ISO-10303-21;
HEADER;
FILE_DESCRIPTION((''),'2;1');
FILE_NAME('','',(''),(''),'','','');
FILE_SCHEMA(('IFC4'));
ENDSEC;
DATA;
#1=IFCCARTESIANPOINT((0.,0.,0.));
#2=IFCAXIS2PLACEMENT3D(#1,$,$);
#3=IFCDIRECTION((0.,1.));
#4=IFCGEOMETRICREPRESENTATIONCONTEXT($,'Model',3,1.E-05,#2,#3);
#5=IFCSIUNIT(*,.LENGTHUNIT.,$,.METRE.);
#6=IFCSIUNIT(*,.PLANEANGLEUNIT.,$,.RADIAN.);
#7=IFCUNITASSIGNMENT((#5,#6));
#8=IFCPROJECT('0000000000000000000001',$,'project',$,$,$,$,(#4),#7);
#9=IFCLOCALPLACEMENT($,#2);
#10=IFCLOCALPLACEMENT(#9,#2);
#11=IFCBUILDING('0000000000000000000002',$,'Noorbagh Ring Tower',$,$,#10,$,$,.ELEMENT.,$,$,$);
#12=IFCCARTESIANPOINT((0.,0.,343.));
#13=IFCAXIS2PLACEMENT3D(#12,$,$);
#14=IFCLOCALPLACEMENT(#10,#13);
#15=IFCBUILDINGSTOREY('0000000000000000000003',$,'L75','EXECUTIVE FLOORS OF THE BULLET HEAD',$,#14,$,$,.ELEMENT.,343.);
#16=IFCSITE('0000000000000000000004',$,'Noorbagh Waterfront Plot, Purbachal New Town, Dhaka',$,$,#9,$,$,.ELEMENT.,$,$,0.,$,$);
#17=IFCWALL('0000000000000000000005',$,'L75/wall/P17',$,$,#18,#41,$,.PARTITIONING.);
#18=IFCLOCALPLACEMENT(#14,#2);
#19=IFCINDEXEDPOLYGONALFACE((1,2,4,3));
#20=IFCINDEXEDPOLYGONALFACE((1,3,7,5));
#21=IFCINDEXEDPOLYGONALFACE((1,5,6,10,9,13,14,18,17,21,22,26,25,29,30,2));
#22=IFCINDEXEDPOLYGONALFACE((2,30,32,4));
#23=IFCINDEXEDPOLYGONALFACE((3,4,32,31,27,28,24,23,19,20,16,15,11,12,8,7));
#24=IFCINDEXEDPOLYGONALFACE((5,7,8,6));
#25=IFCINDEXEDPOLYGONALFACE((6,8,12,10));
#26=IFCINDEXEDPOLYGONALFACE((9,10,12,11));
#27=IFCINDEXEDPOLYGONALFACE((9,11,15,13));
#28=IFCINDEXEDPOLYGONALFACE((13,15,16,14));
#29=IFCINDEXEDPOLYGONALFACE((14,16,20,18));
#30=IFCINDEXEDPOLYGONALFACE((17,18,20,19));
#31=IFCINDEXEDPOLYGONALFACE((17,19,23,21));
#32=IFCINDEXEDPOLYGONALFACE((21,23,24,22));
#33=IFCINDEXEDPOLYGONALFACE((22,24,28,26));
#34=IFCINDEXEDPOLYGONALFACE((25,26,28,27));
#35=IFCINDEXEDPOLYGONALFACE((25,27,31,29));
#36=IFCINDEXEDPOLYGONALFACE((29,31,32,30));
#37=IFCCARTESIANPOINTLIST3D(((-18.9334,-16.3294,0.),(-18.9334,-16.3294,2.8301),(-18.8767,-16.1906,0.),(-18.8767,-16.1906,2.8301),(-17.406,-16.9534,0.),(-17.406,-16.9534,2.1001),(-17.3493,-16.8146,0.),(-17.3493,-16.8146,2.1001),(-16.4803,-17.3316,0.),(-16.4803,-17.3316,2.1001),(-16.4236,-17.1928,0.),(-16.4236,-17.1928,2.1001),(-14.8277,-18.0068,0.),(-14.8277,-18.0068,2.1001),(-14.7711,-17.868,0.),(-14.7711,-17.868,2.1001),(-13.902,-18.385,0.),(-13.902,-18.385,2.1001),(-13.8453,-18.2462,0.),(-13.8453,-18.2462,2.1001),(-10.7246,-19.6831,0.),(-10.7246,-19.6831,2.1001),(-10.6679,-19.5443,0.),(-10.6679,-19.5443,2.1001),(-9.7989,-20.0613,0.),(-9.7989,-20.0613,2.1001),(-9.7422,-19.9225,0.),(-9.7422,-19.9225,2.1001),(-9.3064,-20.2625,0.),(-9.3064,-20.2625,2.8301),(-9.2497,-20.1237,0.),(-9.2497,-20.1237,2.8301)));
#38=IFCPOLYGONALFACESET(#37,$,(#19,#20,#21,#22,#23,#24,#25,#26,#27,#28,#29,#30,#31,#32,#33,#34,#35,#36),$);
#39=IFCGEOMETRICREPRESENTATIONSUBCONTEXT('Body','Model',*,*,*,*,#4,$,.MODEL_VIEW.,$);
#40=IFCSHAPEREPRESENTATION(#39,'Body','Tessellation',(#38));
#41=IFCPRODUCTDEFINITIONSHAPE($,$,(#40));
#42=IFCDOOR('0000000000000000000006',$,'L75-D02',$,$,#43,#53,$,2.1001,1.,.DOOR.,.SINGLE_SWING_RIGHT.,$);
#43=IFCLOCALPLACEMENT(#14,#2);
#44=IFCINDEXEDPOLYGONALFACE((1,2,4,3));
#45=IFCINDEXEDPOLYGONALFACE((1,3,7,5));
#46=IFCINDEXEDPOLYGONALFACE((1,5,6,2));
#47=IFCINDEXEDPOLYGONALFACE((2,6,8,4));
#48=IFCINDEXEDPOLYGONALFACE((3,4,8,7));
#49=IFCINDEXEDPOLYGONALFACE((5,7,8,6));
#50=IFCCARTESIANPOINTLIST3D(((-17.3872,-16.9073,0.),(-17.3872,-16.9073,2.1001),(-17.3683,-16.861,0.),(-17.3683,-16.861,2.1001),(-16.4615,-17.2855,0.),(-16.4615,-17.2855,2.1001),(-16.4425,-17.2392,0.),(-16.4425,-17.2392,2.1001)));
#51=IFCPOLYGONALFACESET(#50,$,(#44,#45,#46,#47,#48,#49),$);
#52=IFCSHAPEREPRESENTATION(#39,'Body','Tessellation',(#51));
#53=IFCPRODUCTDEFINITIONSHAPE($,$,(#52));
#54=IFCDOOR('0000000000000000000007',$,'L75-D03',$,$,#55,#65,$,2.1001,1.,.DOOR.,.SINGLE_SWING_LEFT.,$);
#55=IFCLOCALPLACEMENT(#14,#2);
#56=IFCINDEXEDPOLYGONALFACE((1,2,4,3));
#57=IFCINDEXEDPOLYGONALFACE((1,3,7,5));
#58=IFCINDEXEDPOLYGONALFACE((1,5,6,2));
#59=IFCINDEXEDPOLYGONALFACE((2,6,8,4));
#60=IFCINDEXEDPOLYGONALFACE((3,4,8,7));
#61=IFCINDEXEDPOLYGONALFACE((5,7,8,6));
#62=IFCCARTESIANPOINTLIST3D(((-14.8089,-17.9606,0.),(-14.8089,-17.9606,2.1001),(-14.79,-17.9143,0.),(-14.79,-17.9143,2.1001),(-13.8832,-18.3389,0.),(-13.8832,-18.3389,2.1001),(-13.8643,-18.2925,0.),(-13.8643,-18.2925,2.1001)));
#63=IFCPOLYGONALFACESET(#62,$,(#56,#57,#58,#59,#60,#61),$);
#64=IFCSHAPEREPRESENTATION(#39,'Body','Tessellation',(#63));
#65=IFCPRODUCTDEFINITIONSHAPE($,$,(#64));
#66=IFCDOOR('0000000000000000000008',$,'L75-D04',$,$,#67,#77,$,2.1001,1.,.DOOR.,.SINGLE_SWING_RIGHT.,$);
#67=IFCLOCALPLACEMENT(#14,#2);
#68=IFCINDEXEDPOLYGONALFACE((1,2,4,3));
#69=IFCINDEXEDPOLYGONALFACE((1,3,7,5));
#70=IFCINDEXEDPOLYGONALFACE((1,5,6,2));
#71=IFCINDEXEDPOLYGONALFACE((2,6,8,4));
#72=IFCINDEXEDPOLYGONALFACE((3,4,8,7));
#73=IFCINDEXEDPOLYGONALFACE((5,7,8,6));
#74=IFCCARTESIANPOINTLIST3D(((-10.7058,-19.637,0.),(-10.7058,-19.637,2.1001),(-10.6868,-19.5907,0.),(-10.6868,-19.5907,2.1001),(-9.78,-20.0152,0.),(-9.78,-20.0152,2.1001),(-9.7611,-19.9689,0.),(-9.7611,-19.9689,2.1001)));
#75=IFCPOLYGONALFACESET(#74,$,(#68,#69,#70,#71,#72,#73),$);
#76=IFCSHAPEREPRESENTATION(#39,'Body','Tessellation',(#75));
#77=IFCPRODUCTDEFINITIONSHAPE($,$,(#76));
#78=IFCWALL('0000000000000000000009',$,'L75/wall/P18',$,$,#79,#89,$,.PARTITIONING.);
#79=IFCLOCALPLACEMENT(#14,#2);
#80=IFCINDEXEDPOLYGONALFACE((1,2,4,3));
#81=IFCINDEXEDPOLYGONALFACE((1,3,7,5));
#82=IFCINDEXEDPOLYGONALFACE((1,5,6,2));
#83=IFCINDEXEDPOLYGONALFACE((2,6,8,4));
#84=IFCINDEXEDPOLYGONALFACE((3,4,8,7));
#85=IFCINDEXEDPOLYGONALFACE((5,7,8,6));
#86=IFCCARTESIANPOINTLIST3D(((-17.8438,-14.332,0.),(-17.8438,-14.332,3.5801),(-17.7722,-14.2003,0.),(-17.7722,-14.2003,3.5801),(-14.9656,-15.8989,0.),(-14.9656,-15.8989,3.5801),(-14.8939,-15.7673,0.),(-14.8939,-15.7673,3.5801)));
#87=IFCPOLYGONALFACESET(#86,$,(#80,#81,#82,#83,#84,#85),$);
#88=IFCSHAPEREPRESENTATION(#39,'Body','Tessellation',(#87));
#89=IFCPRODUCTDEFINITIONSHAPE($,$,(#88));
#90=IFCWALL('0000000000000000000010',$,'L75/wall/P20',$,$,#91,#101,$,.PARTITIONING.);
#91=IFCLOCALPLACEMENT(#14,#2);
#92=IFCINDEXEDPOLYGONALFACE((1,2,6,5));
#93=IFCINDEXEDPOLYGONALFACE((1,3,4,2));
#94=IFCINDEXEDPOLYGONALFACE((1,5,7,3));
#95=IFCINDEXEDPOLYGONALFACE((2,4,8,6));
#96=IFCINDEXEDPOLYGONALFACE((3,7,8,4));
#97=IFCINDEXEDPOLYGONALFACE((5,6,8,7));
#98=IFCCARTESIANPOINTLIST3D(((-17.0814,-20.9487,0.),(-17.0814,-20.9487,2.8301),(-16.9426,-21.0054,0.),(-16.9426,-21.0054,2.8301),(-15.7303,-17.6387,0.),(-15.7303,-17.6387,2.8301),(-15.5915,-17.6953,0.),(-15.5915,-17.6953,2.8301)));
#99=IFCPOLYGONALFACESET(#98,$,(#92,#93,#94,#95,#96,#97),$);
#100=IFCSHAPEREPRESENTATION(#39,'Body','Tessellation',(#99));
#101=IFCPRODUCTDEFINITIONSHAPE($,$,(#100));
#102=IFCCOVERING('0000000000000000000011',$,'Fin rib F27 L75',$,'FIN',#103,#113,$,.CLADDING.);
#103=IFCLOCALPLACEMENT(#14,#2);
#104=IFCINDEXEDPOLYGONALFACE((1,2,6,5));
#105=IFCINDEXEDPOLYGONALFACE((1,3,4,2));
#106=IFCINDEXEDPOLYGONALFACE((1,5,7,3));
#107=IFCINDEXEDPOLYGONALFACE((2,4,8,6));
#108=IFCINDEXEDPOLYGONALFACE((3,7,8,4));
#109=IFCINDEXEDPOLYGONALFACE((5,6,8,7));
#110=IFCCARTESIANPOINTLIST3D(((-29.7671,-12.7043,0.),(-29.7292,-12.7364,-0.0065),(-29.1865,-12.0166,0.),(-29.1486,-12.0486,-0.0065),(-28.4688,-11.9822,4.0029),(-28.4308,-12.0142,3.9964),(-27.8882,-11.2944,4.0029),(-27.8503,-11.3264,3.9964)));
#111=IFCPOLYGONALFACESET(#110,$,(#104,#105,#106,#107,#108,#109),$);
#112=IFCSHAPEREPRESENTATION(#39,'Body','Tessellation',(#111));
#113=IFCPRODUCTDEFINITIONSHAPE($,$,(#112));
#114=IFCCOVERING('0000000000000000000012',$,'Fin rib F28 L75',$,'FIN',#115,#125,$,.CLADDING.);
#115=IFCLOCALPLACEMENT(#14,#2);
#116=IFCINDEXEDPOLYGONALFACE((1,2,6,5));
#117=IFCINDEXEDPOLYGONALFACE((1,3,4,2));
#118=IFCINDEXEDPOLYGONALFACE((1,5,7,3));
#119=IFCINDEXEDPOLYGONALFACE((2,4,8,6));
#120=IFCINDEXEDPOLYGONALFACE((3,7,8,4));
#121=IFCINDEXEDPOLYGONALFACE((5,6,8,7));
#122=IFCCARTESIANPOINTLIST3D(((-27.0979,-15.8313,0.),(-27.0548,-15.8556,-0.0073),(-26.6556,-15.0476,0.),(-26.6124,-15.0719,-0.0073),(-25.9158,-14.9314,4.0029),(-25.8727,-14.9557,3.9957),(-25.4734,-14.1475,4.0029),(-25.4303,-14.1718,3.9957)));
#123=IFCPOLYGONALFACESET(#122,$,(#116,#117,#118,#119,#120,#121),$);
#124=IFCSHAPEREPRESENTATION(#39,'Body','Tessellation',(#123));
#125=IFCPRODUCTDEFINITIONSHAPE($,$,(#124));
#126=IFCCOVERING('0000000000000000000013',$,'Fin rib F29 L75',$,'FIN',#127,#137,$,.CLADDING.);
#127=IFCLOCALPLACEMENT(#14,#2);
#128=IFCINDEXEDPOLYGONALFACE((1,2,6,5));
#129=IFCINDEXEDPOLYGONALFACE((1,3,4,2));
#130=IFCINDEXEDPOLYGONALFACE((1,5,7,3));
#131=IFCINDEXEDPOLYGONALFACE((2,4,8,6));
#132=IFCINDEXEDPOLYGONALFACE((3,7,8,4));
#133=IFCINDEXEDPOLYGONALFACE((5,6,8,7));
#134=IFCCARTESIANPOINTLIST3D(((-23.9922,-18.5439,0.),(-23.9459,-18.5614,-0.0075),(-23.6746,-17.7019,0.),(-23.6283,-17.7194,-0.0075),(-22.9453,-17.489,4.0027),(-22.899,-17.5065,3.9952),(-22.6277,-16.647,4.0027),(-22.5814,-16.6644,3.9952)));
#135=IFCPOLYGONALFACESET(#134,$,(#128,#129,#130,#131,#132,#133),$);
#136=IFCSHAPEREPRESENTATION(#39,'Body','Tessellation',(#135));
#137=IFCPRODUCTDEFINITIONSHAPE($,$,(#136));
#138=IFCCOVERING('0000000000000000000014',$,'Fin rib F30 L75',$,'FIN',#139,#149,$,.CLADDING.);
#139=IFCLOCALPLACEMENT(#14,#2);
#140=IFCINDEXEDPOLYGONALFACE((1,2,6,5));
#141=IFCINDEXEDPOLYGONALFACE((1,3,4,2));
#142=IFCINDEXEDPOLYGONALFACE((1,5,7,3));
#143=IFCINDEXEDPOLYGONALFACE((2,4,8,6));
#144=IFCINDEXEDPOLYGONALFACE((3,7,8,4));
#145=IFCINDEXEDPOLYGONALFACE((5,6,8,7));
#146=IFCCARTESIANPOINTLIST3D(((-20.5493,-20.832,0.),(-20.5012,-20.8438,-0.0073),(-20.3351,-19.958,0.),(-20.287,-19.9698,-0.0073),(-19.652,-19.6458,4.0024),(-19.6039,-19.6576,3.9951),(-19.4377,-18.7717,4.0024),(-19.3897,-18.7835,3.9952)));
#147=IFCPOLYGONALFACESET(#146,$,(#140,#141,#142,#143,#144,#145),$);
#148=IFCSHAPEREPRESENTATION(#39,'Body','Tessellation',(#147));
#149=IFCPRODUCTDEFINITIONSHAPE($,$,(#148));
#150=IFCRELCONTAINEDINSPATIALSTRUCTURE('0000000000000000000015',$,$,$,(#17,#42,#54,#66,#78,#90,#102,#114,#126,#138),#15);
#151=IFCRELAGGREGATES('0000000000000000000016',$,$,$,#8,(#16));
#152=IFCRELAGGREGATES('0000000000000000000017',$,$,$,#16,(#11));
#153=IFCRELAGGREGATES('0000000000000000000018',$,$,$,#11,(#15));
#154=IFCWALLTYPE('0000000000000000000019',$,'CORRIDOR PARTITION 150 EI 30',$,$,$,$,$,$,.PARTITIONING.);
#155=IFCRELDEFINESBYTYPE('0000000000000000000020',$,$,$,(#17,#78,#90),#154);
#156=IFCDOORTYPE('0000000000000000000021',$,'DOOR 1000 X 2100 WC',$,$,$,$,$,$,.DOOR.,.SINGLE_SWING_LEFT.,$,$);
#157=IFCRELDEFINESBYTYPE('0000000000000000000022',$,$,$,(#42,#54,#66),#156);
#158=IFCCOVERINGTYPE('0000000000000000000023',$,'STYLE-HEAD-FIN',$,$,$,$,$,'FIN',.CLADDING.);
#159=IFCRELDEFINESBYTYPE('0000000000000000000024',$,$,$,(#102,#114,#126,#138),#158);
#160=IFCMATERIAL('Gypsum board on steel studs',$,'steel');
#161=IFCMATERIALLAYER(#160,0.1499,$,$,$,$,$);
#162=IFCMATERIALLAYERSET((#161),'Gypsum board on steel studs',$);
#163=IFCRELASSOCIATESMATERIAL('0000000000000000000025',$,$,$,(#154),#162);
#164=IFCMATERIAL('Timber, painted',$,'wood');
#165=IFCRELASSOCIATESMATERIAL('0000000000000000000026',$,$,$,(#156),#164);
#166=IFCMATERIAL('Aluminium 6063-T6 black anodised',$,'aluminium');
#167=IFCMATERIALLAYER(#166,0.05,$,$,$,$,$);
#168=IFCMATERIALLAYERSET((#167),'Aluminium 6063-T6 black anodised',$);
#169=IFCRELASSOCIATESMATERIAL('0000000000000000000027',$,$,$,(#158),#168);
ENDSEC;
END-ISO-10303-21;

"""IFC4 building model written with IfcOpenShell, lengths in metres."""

from ifc_helpers import new_model, si_unit, direction, frame, frame_2d, origin, place, context, subcontext, project, spatial, polyline, rectangle, outline, extrude, material, layer, layer_set, type_object, element, fill, save


model = new_model("IFC4")

# Units and contexts
model_context = context("Model", 3, precision=1e-05, world=origin(), true_north=direction((0.0, 1.0)))
body_context = subcontext(model_context, "Body", "Model", "MODEL_VIEW")
ifc_project = project(units=[si_unit("LENGTHUNIT", "METRE"), si_unit("PLANEANGLEUNIT", "RADIAN")], contexts=[model_context])

# Site, building, storey
site_placement = place(None, origin())
site = spatial("IfcSite", under=ifc_project, at=site_placement, Name="Noorbagh Waterfront Plot, Purbachal New Town, Dhaka", CompositionType="ELEMENT", RefElevation=0.0)
building_placement = place(site_placement, origin())
building = spatial("IfcBuilding", under=site, at=building_placement, Name="Noorbagh Ring Tower", CompositionType="ELEMENT")
storey_placement = place(building_placement, frame((0.0, 0.0, 343.0)))
storey = spatial("IfcBuildingStorey", under=building, at=storey_placement, Name="L75", Description="EXECUTIVE FLOORS OF THE BULLET HEAD", CompositionType="ELEMENT", Elevation=343.0)

# Shared definitions
ifc_material_1 = material(Name="Gypsum board on steel studs", Category="steel")
ifc_layer_1 = layer(ifc_material_1, 0.1499)
ifc_layer_set_1 = layer_set([ifc_layer_1], Name="Gypsum board on steel studs")
wall_type = type_object("IfcWallType", Name="CORRIDOR PARTITION 150 EI 30", PredefinedType="PARTITIONING", material=ifc_layer_set_1)

# Wall, openings, doors
wall_1_placement = place(storey_placement, frame((-18.905, -16.26, 0.0), z_axis=(0.0, 0.0, 1.0), x_axis=(0.925722, -0.378205, 0.0)))
wall_1 = element("IfcWall", 1, at=wall_1_placement, inside=storey, type_object=wall_type, Name="L75/wall/P17", PredefinedType="PARTITIONING", context=body_context, shape_type="SweptSolid", body=[
    extrude(rectangle(XDim=10.3994, YDim=0.1499, at=frame_2d((5.1997, 0.0))), origin(), (0.0, 0.0, 1.0), 2.8301),
])
opening_1_placement = place(wall_1_placement, frame((1.6499, 0.0, 0.0)))
opening_1 = element("IfcOpeningElement", 2, at=opening_1_placement, cuts=wall_1, PredefinedType="OPENING", context=body_context, shape_type="SweptSolid", body=[
    extrude(rectangle(XDim=1.0, YDim=2.1001, at=frame_2d((0.5, 1.05))), frame((0.0, 0.085, 0.0), z_axis=(0.0, -1.0, 0.0), x_axis=(1.0, 0.0, 0.0)), (0.0, 0.0, 1.0), 0.1699),
])
opening_2_placement = place(wall_1_placement, frame((4.4351, 0.0, 0.0)))
opening_2 = element("IfcOpeningElement", 3, at=opening_2_placement, cuts=wall_1, PredefinedType="OPENING", context=body_context, shape_type="SweptSolid", body=[
    extrude(rectangle(XDim=1.0, YDim=2.1001, at=frame_2d((0.5, 1.05))), frame((0.0, 0.085, 0.0), z_axis=(0.0, -1.0, 0.0), x_axis=(1.0, 0.0, 0.0)), (0.0, 0.0, 1.0), 0.1699),
])
opening_3_placement = place(wall_1_placement, frame((8.8674, 0.0, 0.0)))
opening_3 = element("IfcOpeningElement", 4, at=opening_3_placement, cuts=wall_1, PredefinedType="OPENING", context=body_context, shape_type="SweptSolid", body=[
    extrude(rectangle(XDim=1.0, YDim=2.1001, at=frame_2d((0.5, 1.05))), frame((0.0, 0.085, 0.0), z_axis=(0.0, -1.0, 0.0), x_axis=(1.0, 0.0, 0.0)), (0.0, 0.0, 1.0), 0.1699),
])
ifc_material_2 = material(Name="Timber, painted", Category="wood")
door_type_1 = type_object("IfcDoorType", Name="DOOR 1000 X 2100 WC", OperationType="SINGLE_SWING_LEFT", PredefinedType="DOOR", material=ifc_material_2)
door_1_placement = place(opening_1_placement, origin())
door_1 = element("IfcDoor", 5, at=door_1_placement, inside=storey, type_object=door_type_1, Name="L75-D02", OperationType="SINGLE_SWING_RIGHT", OverallHeight=2.1001, OverallWidth=1.0, PredefinedType="DOOR", context=body_context, shape_type="SweptSolid", body=[
    extrude(rectangle(XDim=1.0, YDim=2.1001, at=frame_2d((0.5, 1.05))), frame((0.0, 0.0249, 0.0), z_axis=(0.0, -1.0, 0.0), x_axis=(1.0, 0.0, 0.0)), (0.0, 0.0, 1.0), 0.05),
])
fill(opening_1, door_1)
door_2_placement = place(opening_2_placement, origin())
door_2 = element("IfcDoor", 6, at=door_2_placement, inside=storey, type_object=door_type_1, Name="L75-D03", OperationType="SINGLE_SWING_LEFT", OverallHeight=2.1001, OverallWidth=1.0, PredefinedType="DOOR", context=body_context, shape_type="SweptSolid", body=[
    extrude(rectangle(XDim=1.0, YDim=2.1001, at=frame_2d((0.5, 1.05))), frame((0.0, 0.0249, 0.0), z_axis=(0.0, -1.0, 0.0), x_axis=(1.0, 0.0, 0.0)), (0.0, 0.0, 1.0), 0.05),
])
fill(opening_2, door_2)
door_3_placement = place(opening_3_placement, origin())
door_3 = element("IfcDoor", 7, at=door_3_placement, inside=storey, type_object=door_type_1, Name="L75-D04", OperationType="SINGLE_SWING_RIGHT", OverallHeight=2.1001, OverallWidth=1.0, PredefinedType="DOOR", context=body_context, shape_type="SweptSolid", body=[
    extrude(rectangle(XDim=1.0, YDim=2.1001, at=frame_2d((0.5, 1.05))), frame((0.0, 0.0249, 0.0), z_axis=(0.0, -1.0, 0.0), x_axis=(1.0, 0.0, 0.0)), (0.0, 0.0, 1.0), 0.05),
])
fill(opening_3, door_3)

# Walls
wall_2_placement = place(storey_placement, frame((-17.8081, -14.2661, 0.0), z_axis=(0.0, 0.0, 1.0), x_axis=(0.878282, -0.478142, 0.0)))
element("IfcWall", 8, at=wall_2_placement, inside=storey, type_object=wall_type, Name="L75/wall/P18", PredefinedType="PARTITIONING", context=body_context, shape_type="SweptSolid", body=[
    extrude(rectangle(XDim=3.2771, YDim=0.1499, at=frame_2d((1.6387, 0.0))), origin(), (0.0, 0.0, 1.0), 3.5801),
])
wall_3_placement = place(storey_placement, frame((-17.012, -20.9771, 0.0), z_axis=(0.0, 0.0, 1.0), x_axis=(0.377904, 0.925845, 0.0)))
element("IfcWall", 9, at=wall_3_placement, inside=storey, type_object=wall_type, Name="L75/wall/P20", PredefinedType="PARTITIONING", context=body_context, shape_type="SweptSolid", body=[
    extrude(rectangle(XDim=3.5752, YDim=0.1499, at=frame_2d((1.7876, 0.0))), origin(), (0.0, 0.0, 1.0), 2.8301),
])

# Coverings
ifc_material_3 = material(Name="Aluminium 6063-T6 black anodised", Category="aluminium")
ifc_layer_2 = layer(ifc_material_3, 0.05)
ifc_layer_set_2 = layer_set([ifc_layer_2], Name="Aluminium 6063-T6 black anodised")
covering_type_1 = type_object("IfcCoveringType", Name="STYLE-HEAD-FIN", ElementType="FIN", PredefinedType="CLADDING", material=ifc_layer_set_2)
covering_1_placement = place(storey_placement, frame((-29.7671, -12.7043, 0.0), z_axis=(-0.757617, 0.639551, 0.13035), x_axis=(0.30408, 0.169136, 0.937512)))
element("IfcCovering", 10, at=covering_1_placement, inside=storey, type_object=covering_type_1, Name="Fin rib F27 L75", ObjectType="FIN", PredefinedType="CLADDING", context=body_context, shape_type="SweptSolid", body=[
    extrude(outline(polyline([(0.0, 0.0), (4.2697, 0.0), (4.5626, 0.851), (0.2929, 0.851), (0.0, 0.0)])), origin(), (0.0, 0.0, -1.0), 0.05),
])
covering_2_placement = place(storey_placement, frame((-27.0979, -15.8313, 0.0), z_axis=(-0.86165, 0.486314, 0.145116), x_axis=(0.27685, 0.210769, 0.937513)))
element("IfcCovering", 11, at=covering_2_placement, inside=storey, type_object=covering_type_1, Name="Fin rib F28 L75", ObjectType="FIN", PredefinedType="CLADDING", context=body_context, shape_type="SweptSolid", body=[
    extrude(outline(polyline([(0.0, 0.0), (4.2697, 0.0), (4.5574, 0.8529), (0.2877, 0.8527), (0.0, 0.0)])), origin(), (0.0, 0.0, -1.0), 0.05),
])
covering_3_placement = place(storey_placement, frame((-23.9922, -18.5439, 0.0), z_axis=(-0.925065, 0.348944, 0.149978), x_axis=(0.245187, 0.247074, 0.937463)))
element("IfcCovering", 12, at=covering_3_placement, inside=storey, type_object=covering_type_1, Name="Fin rib F29 L75", ObjectType="FIN", PredefinedType="CLADDING", context=body_context, shape_type="SweptSolid", body=[
    extrude(outline(polyline([(0.0, 0.0), (4.2697, 0.0), (4.5556, 0.8533), (0.2859, 0.8533), (0.0, 0.0)])), origin(), (0.0, 0.0, -1.0), 0.05),
])
covering_4_placement = place(storey_placement, frame((-20.5493, -20.832, 0.0), z_axis=(-0.960896, 0.235527, 0.145623), x_axis=(0.210154, 0.277819, 0.937364)))
element("IfcCovering", 13, at=covering_4_placement, inside=storey, type_object=covering_type_1, Name="Fin rib F30 L75", ObjectType="FIN", PredefinedType="CLADDING", context=body_context, shape_type="SweptSolid", body=[
    extrude(outline(polyline([(0.0, 0.0), (4.2699, 0.0), (4.5577, 0.8526), (0.2878, 0.8526), (0.0, 0.0)])), origin(), (0.0, 0.0, -1.0), 0.05),
])

save(model, "model.ifc")
